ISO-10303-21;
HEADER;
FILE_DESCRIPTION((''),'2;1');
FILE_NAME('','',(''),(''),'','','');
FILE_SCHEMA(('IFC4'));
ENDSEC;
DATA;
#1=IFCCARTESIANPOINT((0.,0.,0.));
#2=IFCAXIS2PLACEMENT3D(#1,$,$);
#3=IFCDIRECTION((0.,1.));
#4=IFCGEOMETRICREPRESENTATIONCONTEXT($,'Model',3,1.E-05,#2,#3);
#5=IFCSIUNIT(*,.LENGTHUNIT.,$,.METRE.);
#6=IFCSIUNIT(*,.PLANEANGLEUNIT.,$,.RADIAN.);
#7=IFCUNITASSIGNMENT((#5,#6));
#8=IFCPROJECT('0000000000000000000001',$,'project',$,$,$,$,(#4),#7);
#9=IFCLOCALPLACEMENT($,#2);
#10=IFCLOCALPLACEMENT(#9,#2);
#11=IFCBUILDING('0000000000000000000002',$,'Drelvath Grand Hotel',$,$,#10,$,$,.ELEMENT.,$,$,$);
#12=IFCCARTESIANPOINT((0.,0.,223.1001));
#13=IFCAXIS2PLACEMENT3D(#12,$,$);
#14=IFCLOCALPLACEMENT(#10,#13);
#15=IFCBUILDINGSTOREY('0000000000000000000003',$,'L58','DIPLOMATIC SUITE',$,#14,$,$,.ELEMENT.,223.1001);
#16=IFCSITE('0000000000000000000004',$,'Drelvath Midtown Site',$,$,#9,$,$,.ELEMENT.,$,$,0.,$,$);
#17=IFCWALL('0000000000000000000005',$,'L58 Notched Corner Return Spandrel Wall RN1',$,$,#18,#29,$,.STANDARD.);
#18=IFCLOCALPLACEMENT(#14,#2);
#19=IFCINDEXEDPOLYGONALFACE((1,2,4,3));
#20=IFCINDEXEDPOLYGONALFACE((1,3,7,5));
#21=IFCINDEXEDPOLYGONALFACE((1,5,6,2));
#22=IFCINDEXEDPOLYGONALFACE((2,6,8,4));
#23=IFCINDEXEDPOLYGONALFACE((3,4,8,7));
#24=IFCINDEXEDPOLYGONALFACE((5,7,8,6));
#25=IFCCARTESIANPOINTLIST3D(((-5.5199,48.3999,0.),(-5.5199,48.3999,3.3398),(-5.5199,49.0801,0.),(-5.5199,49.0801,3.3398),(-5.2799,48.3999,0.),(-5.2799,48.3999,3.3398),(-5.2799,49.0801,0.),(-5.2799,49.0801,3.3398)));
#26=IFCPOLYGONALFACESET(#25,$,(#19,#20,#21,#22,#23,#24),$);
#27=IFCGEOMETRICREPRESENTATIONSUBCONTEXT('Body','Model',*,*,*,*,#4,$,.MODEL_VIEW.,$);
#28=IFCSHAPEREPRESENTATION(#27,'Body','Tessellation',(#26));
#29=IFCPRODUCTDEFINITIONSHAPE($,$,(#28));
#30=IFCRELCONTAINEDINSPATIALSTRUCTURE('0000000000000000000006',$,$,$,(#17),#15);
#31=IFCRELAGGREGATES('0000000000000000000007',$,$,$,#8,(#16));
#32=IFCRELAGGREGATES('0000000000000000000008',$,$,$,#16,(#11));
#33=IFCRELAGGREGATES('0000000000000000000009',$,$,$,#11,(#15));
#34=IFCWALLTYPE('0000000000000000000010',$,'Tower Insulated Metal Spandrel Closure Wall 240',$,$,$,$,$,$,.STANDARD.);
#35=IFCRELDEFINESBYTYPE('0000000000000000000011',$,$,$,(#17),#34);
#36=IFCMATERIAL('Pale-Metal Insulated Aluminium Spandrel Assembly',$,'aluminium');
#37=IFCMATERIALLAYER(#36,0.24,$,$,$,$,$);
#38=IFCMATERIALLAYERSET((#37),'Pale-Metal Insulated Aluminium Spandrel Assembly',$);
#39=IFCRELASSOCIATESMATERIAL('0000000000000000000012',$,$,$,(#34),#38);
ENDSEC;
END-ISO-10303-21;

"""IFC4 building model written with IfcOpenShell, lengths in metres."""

from ifc_helpers import new_model, si_unit, direction, frame, frame_2d, origin, place, context, subcontext, project, spatial, rectangle, extrude, material, layer, layer_set, type_object, element, save


model = new_model("IFC4")

# Units and contexts
model_context = context("Model", 3, precision=1e-05, world=origin(), true_north=direction((0.0, 1.0)))
body_context = subcontext(model_context, "Body", "Model", "MODEL_VIEW")
ifc_project = project(units=[si_unit("LENGTHUNIT", "METRE"), si_unit("PLANEANGLEUNIT", "RADIAN")], contexts=[model_context])

# Site, building, storey
site_placement = place(None, origin())
site = spatial("IfcSite", under=ifc_project, at=site_placement, Name="Drelvath Midtown Site", CompositionType="ELEMENT", RefElevation=0.0)
building_placement = place(site_placement, origin())
building = spatial("IfcBuilding", under=site, at=building_placement, Name="Drelvath Grand Hotel", CompositionType="ELEMENT")
storey_placement = place(building_placement, frame((0.0, 0.0, 223.1001)))
storey = spatial("IfcBuildingStorey", under=building, at=storey_placement, Name="L58", Description="DIPLOMATIC SUITE", CompositionType="ELEMENT", Elevation=223.1001)

# Wall
ifc_material_1 = material(Name="Pale-Metal Insulated Aluminium Spandrel Assembly", Category="aluminium")
ifc_layer_1 = layer(ifc_material_1, 0.24)
ifc_layer_set_1 = layer_set([ifc_layer_1], Name="Pale-Metal Insulated Aluminium Spandrel Assembly")
wall_type_1 = type_object("IfcWallType", Name="Tower Insulated Metal Spandrel Closure Wall 240", PredefinedType="STANDARD", material=ifc_layer_set_1)
wall_1_placement = place(storey_placement, frame((-5.3999, 49.0801, 0.0), z_axis=(0.0, 0.0, 1.0), x_axis=(0.0, -1.0, 0.0)))
element("IfcWall", 1, at=wall_1_placement, inside=storey, type_object=wall_type_1, Name="L58 Notched Corner Return Spandrel Wall RN1", PredefinedType="STANDARD", context=body_context, shape_type="SweptSolid", body=[
    extrude(rectangle(XDim=0.6802, YDim=0.24, at=frame_2d((0.3401, 0.0))), origin(), (0.0, 0.0, 1.0), 3.3398),
])

save(model, "model.ifc")
